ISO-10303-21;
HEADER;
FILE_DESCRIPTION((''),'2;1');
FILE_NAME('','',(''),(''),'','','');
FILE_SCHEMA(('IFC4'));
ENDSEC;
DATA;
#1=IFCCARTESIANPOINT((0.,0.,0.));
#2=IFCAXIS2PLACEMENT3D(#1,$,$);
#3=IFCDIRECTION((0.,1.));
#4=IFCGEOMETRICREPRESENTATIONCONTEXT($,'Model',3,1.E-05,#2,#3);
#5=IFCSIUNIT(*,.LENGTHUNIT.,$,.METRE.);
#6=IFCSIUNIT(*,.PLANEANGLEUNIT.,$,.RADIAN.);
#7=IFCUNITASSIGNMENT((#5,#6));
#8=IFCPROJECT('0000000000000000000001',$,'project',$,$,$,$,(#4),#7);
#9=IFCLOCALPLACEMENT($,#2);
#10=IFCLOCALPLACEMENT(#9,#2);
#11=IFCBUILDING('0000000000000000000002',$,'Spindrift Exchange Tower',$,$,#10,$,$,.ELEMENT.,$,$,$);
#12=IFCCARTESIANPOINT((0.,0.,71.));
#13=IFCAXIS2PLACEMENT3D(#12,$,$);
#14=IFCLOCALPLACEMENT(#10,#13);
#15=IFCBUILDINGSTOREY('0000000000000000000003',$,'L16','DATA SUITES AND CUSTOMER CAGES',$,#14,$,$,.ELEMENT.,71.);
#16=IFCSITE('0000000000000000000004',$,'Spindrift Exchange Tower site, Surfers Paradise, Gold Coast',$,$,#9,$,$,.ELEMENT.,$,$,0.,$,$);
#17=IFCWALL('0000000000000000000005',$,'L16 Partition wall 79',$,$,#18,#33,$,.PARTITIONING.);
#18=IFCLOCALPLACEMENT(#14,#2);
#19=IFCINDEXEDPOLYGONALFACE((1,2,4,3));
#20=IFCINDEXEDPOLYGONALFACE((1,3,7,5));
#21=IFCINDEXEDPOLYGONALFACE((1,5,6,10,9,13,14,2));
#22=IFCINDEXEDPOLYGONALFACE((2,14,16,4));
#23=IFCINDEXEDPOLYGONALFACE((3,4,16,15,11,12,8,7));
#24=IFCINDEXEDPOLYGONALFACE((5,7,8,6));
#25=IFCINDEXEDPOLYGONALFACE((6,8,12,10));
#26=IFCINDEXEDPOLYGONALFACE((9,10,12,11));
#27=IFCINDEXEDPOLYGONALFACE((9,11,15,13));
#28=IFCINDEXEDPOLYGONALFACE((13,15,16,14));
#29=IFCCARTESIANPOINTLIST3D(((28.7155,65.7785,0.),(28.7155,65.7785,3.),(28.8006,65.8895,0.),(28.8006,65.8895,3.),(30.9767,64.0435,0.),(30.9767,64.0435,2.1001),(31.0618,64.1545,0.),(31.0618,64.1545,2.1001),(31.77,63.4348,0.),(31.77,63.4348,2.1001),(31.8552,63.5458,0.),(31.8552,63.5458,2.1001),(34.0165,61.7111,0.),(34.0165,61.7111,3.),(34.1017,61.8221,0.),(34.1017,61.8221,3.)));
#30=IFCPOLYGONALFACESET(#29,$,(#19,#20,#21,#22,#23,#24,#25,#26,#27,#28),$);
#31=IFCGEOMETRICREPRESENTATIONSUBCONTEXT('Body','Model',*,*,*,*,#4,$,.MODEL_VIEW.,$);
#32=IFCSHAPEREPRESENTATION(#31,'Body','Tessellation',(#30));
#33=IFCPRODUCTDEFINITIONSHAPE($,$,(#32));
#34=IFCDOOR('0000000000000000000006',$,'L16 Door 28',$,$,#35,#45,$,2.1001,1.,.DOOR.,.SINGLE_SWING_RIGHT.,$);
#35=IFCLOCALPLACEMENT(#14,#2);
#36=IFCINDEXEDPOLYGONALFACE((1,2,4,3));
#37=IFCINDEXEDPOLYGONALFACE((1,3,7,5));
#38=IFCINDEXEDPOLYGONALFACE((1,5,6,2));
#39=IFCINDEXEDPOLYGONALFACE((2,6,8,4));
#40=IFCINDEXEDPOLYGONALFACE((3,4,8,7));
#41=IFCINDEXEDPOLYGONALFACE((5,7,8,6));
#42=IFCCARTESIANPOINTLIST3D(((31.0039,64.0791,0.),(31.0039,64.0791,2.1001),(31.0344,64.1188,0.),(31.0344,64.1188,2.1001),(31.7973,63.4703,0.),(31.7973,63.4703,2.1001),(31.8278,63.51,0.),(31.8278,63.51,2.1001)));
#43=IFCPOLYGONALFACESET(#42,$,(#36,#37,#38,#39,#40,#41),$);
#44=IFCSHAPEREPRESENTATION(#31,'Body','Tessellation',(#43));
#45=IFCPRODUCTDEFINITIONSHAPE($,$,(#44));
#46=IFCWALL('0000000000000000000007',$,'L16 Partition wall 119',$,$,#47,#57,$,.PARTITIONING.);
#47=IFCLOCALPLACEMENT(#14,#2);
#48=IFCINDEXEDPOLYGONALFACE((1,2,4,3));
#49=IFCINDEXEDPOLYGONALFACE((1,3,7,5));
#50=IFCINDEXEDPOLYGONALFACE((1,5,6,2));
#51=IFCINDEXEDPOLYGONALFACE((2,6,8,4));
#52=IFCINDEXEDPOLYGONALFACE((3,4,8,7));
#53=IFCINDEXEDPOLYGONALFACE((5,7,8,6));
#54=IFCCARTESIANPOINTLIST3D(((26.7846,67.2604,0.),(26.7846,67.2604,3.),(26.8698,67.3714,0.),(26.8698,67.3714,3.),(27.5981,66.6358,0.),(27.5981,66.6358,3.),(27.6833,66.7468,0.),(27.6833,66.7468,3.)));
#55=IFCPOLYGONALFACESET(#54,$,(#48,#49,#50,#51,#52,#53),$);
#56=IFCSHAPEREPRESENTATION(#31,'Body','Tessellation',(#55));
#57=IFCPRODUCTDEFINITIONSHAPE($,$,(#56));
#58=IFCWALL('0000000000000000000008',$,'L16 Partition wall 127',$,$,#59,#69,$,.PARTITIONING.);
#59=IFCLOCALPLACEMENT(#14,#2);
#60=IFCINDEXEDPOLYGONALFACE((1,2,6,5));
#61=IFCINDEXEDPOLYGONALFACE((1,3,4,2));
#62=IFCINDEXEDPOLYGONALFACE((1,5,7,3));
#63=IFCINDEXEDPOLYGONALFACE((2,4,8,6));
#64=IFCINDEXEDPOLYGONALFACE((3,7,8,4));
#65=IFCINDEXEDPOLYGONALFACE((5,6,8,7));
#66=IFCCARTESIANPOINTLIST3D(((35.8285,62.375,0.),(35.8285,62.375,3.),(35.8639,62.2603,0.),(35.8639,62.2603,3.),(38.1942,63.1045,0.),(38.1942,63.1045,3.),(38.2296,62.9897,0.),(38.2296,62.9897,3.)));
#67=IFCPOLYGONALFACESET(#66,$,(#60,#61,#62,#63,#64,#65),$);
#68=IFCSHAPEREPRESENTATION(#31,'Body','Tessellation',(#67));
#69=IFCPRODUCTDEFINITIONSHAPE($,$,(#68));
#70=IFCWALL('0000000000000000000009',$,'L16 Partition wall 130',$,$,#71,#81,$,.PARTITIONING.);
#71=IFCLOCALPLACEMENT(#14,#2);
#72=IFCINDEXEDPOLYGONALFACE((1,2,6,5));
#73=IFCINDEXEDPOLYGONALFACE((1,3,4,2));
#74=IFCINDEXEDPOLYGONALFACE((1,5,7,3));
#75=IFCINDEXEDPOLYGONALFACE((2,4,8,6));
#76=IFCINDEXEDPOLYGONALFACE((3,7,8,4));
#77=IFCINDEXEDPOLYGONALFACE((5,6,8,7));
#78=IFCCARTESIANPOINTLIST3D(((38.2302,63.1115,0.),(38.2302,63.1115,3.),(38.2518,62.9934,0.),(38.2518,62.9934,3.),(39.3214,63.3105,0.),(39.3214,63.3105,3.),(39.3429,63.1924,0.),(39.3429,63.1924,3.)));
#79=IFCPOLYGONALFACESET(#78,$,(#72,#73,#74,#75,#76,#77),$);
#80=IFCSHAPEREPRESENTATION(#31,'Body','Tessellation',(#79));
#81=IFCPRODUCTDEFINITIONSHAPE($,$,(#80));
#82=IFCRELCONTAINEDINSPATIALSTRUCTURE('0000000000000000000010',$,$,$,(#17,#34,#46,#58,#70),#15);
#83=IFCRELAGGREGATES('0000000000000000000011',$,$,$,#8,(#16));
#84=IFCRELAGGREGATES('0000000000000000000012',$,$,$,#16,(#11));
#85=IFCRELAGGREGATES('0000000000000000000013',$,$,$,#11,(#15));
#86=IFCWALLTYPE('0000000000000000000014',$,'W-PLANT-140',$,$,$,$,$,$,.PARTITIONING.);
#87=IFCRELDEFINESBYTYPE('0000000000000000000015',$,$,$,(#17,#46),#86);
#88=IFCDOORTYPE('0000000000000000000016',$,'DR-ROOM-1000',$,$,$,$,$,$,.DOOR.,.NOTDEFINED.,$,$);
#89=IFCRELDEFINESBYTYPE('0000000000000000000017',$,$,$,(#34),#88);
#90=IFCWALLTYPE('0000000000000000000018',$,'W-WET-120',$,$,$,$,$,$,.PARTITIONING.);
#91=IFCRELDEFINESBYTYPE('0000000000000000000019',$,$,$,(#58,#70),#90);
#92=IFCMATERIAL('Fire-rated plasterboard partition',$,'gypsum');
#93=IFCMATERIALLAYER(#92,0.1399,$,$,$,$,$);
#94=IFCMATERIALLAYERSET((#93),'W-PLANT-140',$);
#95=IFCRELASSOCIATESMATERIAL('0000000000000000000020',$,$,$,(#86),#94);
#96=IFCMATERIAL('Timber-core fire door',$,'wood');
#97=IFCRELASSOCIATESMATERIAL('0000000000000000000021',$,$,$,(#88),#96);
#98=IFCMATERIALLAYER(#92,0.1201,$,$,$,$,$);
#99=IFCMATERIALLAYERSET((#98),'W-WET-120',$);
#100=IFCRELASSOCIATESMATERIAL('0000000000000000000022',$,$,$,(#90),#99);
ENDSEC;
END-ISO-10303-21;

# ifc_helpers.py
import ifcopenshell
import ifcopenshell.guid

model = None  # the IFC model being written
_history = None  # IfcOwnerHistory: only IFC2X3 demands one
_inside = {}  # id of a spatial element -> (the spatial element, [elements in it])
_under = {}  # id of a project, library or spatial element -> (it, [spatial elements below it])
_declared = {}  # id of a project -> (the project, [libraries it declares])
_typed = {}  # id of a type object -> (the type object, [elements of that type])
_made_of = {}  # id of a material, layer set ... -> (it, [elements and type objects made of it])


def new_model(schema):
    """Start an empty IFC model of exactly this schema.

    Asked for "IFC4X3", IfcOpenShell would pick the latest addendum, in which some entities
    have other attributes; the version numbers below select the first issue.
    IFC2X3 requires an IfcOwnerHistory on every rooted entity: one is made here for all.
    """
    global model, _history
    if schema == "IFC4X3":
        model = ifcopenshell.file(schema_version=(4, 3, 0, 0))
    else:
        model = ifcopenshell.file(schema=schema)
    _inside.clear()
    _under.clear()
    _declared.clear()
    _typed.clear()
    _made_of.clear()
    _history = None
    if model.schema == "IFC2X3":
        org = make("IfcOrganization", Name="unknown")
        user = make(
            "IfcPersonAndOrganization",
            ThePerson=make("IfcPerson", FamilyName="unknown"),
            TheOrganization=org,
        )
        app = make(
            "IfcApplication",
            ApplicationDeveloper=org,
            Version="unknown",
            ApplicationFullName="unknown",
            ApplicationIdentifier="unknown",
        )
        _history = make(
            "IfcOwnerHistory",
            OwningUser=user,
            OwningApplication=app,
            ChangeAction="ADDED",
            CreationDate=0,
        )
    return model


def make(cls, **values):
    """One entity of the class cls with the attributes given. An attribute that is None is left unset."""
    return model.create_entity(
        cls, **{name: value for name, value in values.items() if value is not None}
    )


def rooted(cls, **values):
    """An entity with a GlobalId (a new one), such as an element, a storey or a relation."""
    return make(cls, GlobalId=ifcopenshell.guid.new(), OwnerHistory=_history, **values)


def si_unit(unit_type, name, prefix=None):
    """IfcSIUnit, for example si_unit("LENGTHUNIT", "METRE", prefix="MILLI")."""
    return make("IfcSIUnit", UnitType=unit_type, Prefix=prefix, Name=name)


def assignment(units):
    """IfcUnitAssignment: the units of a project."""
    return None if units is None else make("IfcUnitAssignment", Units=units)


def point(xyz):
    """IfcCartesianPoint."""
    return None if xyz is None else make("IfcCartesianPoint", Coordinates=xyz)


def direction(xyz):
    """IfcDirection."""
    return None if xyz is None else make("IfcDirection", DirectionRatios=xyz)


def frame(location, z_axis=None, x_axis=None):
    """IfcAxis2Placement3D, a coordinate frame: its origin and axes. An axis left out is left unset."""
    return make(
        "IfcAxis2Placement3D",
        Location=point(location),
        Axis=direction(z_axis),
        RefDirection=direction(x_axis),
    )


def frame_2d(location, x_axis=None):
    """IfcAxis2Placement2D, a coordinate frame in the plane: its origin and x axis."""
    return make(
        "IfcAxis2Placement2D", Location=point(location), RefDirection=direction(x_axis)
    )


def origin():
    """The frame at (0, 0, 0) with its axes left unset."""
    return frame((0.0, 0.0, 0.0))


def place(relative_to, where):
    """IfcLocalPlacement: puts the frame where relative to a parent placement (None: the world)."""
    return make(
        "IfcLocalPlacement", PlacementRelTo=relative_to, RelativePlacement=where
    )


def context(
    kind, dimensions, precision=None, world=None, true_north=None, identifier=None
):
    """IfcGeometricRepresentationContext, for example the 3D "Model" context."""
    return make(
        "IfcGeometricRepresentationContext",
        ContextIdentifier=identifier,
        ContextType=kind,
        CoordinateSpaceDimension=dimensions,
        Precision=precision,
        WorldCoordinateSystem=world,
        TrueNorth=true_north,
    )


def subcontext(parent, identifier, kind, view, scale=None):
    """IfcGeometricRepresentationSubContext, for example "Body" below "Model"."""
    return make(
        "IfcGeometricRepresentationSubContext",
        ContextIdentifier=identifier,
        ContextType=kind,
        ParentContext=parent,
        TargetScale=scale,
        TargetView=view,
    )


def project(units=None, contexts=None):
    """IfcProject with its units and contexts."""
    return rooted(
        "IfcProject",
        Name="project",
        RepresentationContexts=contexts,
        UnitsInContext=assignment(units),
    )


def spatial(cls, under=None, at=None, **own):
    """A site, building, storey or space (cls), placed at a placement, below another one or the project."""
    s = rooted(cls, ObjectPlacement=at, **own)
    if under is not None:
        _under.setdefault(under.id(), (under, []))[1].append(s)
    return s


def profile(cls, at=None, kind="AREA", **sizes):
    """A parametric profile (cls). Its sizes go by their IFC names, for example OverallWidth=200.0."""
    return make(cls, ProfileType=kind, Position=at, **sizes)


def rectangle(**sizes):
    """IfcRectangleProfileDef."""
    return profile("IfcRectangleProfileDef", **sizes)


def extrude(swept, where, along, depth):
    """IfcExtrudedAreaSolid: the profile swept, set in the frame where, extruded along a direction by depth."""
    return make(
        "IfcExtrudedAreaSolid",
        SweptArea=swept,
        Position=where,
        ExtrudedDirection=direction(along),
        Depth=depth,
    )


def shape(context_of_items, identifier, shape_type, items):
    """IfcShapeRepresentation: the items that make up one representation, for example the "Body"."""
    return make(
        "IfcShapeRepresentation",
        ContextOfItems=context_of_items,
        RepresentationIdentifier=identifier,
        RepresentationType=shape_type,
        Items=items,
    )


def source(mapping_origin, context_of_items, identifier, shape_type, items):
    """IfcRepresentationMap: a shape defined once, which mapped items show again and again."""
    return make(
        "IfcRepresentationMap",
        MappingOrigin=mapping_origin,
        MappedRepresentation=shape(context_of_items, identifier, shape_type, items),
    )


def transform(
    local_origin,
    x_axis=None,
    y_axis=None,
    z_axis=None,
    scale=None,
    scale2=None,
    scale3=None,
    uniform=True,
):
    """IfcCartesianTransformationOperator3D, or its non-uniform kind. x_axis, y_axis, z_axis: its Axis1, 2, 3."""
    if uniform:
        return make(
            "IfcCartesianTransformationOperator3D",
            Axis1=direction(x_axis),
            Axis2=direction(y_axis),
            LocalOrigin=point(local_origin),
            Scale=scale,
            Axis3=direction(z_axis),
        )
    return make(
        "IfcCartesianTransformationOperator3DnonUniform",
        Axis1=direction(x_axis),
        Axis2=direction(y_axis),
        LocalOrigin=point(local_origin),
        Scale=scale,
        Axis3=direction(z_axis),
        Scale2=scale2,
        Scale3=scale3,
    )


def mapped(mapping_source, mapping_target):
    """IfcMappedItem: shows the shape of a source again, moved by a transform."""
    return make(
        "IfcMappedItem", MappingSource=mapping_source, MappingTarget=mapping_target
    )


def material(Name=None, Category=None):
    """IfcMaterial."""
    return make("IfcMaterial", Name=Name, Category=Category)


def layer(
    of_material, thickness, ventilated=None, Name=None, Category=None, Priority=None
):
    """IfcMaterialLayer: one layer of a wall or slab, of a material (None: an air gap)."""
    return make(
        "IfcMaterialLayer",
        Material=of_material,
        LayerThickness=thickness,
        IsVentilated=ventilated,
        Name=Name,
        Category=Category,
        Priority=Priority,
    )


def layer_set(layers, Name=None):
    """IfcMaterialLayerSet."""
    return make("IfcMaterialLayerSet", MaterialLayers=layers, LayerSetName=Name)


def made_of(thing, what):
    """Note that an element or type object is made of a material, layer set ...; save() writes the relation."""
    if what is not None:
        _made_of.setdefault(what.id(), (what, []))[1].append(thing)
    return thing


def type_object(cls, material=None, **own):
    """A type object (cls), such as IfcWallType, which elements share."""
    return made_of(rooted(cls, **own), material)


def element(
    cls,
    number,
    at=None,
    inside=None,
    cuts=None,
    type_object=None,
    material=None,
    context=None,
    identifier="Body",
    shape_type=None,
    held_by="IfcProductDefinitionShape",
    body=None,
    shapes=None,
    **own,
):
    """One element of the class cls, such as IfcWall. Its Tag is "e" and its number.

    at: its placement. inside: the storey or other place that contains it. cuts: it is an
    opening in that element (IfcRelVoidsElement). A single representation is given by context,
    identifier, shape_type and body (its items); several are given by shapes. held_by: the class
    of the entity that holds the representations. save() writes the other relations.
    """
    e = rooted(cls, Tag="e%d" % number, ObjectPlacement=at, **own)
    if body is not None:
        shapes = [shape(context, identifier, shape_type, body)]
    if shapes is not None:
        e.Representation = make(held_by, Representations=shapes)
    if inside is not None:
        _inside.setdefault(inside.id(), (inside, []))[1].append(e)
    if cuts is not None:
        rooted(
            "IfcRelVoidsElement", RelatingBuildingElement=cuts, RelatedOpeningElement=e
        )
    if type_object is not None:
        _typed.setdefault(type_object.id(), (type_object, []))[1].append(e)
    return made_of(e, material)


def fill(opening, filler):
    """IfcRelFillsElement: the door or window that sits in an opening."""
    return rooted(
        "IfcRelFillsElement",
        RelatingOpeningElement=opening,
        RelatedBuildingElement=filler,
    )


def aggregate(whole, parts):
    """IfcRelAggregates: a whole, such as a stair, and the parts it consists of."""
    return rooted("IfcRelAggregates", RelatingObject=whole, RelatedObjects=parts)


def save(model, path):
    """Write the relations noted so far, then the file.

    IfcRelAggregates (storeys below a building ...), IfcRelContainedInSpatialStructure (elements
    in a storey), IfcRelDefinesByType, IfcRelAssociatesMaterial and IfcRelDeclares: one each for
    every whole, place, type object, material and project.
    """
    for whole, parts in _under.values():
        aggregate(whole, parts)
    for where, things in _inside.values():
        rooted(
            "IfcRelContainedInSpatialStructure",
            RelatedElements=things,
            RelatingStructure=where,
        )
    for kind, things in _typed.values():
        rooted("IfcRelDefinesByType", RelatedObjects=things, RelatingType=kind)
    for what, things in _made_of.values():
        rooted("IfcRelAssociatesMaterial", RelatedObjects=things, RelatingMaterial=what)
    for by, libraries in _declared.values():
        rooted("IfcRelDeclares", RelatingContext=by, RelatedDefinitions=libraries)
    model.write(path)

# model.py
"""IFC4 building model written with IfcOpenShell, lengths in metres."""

from ifc_helpers import new_model, si_unit, direction, frame, frame_2d, origin, place, context, subcontext, project, spatial, rectangle, extrude, source, transform, mapped, material, layer, layer_set, type_object, element, fill, save


model = new_model("IFC4")

# Units and contexts
model_context = context("Model", 3, precision=1e-05, world=origin(), true_north=direction((0.0, 1.0)))
body_context = subcontext(model_context, "Body", "Model", "MODEL_VIEW")
ifc_project = project(units=[si_unit("LENGTHUNIT", "METRE"), si_unit("PLANEANGLEUNIT", "RADIAN")], contexts=[model_context])

# Site, building, storey
site_placement = place(None, origin())
site = spatial("IfcSite", under=ifc_project, at=site_placement, Name="Spindrift Exchange Tower site, Surfers Paradise, Gold Coast", CompositionType="ELEMENT", RefElevation=0.0)
building_placement = place(site_placement, origin())
building = spatial("IfcBuilding", under=site, at=building_placement, Name="Spindrift Exchange Tower", CompositionType="ELEMENT")
storey_placement = place(building_placement, frame((0.0, 0.0, 71.0)))
storey = spatial("IfcBuildingStorey", under=building, at=storey_placement, Name="L16", Description="DATA SUITES AND CUSTOMER CAGES", CompositionType="ELEMENT", Elevation=71.0)

# Wall, opening, door
ifc_material_1 = material(Name="Fire-rated plasterboard partition", Category="gypsum")
ifc_layer_1 = layer(ifc_material_1, 0.1399)
ifc_layer_set_1 = layer_set([ifc_layer_1], Name="W-PLANT-140")
wall_type_1 = type_object("IfcWallType", Name="W-PLANT-140", PredefinedType="PARTITIONING", material=ifc_layer_set_1)
wall_1_placement = place(storey_placement, frame((28.7581, 65.834, 0.0), z_axis=(0.0, 0.0, 1.0), x_axis=(0.79337, -0.608739, 0.0)))
wall_1 = element("IfcWall", 1, at=wall_1_placement, inside=storey, type_object=wall_type_1, Name="L16 Partition wall 79", PredefinedType="PARTITIONING", context=body_context, shape_type="SweptSolid", body=[
    extrude(rectangle(XDim=6.6816, YDim=0.1399, at=frame_2d((3.3408, 0.0))), origin(), (0.0, 0.0, 1.0), 3.0),
])
opening_placement = place(wall_1_placement, frame((2.8501, 0.0, 0.0)))
opening = element("IfcOpeningElement", 2, at=opening_placement, cuts=wall_1, PredefinedType="OPENING", context=body_context, shape_type="SweptSolid", body=[
    extrude(rectangle(XDim=1.0, YDim=2.1001, at=frame_2d((0.5, 1.05))), frame((0.0, 0.0798, 0.0), z_axis=(0.0, -1.0, 0.0), x_axis=(1.0, 0.0, 0.0)), (0.0, 0.0, 1.0), 0.1599),
])
ifc_material_2 = material(Name="Timber-core fire door", Category="wood")
door_type = type_object("IfcDoorType", Name="DR-ROOM-1000", OperationType="NOTDEFINED", PredefinedType="DOOR", material=ifc_material_2)
shared_shape_1 = source(origin(), body_context, "Body", "SweptSolid", [
    extrude(rectangle(XDim=1.0, YDim=2.1001, at=frame_2d((0.5, 1.05))), frame((0.0, 0.0249, 0.0), z_axis=(0.0, -1.0, 0.0), x_axis=(1.0, 0.0, 0.0)), (0.0, 0.0, 1.0), 0.05),
])
door_placement = place(opening_placement, origin())
door = element("IfcDoor", 3, at=door_placement, inside=storey, type_object=door_type, Name="L16 Door 28", OperationType="SINGLE_SWING_RIGHT", OverallHeight=2.1001, OverallWidth=1.0, PredefinedType="DOOR", context=body_context, shape_type="MappedRepresentation", body=[
    mapped(shared_shape_1, transform((0.0, 0.0, 0.0), scale=1.0)),
])
fill(opening, door)

# Walls
wall_2_placement = place(storey_placement, frame((27.6406, 66.6914, 0.0), z_axis=(0.0, 0.0, 1.0), x_axis=(-0.793208, 0.608951, 0.0)))
element("IfcWall", 4, at=wall_2_placement, inside=storey, type_object=wall_type_1, Name="L16 Partition wall 119", PredefinedType="PARTITIONING", context=body_context, shape_type="SweptSolid", body=[
    extrude(rectangle(XDim=1.0256, YDim=0.1399, at=frame_2d((0.5127, 0.0))), origin(), (0.0, 0.0, 1.0), 3.0),
])
ifc_layer_2 = layer(ifc_material_1, 0.1201)
ifc_layer_set_2 = layer_set([ifc_layer_2], Name="W-WET-120")
wall_type_2 = type_object("IfcWallType", Name="W-WET-120", PredefinedType="PARTITIONING", material=ifc_layer_set_2)
wall_3_placement = place(storey_placement, frame((38.2119, 63.0471, 0.0), z_axis=(0.0, 0.0, 1.0), x_axis=(-0.9556, -0.294668, 0.0)))
element("IfcWall", 5, at=wall_3_placement, inside=storey, type_object=wall_type_2, Name="L16 Partition wall 127", PredefinedType="PARTITIONING", context=body_context, shape_type="SweptSolid", body=[
    extrude(rectangle(XDim=2.4756, YDim=0.1201, at=frame_2d((1.2378, 0.0))), origin(), (0.0, 0.0, 1.0), 3.0),
])
wall_4_placement = place(storey_placement, frame((39.3323, 63.2515, 0.0), z_axis=(0.0, 0.0, 1.0), x_axis=(-0.983775, -0.179408, 0.0)))
element("IfcWall", 6, at=wall_4_placement, inside=storey, type_object=wall_type_2, Name="L16 Partition wall 130", PredefinedType="PARTITIONING", context=body_context, shape_type="SweptSolid", body=[
    extrude(rectangle(XDim=1.1091, YDim=0.1201, at=frame_2d((0.5547, 0.0))), origin(), (0.0, 0.0, 1.0), 3.0),
])

save(model, "model.ifc")
